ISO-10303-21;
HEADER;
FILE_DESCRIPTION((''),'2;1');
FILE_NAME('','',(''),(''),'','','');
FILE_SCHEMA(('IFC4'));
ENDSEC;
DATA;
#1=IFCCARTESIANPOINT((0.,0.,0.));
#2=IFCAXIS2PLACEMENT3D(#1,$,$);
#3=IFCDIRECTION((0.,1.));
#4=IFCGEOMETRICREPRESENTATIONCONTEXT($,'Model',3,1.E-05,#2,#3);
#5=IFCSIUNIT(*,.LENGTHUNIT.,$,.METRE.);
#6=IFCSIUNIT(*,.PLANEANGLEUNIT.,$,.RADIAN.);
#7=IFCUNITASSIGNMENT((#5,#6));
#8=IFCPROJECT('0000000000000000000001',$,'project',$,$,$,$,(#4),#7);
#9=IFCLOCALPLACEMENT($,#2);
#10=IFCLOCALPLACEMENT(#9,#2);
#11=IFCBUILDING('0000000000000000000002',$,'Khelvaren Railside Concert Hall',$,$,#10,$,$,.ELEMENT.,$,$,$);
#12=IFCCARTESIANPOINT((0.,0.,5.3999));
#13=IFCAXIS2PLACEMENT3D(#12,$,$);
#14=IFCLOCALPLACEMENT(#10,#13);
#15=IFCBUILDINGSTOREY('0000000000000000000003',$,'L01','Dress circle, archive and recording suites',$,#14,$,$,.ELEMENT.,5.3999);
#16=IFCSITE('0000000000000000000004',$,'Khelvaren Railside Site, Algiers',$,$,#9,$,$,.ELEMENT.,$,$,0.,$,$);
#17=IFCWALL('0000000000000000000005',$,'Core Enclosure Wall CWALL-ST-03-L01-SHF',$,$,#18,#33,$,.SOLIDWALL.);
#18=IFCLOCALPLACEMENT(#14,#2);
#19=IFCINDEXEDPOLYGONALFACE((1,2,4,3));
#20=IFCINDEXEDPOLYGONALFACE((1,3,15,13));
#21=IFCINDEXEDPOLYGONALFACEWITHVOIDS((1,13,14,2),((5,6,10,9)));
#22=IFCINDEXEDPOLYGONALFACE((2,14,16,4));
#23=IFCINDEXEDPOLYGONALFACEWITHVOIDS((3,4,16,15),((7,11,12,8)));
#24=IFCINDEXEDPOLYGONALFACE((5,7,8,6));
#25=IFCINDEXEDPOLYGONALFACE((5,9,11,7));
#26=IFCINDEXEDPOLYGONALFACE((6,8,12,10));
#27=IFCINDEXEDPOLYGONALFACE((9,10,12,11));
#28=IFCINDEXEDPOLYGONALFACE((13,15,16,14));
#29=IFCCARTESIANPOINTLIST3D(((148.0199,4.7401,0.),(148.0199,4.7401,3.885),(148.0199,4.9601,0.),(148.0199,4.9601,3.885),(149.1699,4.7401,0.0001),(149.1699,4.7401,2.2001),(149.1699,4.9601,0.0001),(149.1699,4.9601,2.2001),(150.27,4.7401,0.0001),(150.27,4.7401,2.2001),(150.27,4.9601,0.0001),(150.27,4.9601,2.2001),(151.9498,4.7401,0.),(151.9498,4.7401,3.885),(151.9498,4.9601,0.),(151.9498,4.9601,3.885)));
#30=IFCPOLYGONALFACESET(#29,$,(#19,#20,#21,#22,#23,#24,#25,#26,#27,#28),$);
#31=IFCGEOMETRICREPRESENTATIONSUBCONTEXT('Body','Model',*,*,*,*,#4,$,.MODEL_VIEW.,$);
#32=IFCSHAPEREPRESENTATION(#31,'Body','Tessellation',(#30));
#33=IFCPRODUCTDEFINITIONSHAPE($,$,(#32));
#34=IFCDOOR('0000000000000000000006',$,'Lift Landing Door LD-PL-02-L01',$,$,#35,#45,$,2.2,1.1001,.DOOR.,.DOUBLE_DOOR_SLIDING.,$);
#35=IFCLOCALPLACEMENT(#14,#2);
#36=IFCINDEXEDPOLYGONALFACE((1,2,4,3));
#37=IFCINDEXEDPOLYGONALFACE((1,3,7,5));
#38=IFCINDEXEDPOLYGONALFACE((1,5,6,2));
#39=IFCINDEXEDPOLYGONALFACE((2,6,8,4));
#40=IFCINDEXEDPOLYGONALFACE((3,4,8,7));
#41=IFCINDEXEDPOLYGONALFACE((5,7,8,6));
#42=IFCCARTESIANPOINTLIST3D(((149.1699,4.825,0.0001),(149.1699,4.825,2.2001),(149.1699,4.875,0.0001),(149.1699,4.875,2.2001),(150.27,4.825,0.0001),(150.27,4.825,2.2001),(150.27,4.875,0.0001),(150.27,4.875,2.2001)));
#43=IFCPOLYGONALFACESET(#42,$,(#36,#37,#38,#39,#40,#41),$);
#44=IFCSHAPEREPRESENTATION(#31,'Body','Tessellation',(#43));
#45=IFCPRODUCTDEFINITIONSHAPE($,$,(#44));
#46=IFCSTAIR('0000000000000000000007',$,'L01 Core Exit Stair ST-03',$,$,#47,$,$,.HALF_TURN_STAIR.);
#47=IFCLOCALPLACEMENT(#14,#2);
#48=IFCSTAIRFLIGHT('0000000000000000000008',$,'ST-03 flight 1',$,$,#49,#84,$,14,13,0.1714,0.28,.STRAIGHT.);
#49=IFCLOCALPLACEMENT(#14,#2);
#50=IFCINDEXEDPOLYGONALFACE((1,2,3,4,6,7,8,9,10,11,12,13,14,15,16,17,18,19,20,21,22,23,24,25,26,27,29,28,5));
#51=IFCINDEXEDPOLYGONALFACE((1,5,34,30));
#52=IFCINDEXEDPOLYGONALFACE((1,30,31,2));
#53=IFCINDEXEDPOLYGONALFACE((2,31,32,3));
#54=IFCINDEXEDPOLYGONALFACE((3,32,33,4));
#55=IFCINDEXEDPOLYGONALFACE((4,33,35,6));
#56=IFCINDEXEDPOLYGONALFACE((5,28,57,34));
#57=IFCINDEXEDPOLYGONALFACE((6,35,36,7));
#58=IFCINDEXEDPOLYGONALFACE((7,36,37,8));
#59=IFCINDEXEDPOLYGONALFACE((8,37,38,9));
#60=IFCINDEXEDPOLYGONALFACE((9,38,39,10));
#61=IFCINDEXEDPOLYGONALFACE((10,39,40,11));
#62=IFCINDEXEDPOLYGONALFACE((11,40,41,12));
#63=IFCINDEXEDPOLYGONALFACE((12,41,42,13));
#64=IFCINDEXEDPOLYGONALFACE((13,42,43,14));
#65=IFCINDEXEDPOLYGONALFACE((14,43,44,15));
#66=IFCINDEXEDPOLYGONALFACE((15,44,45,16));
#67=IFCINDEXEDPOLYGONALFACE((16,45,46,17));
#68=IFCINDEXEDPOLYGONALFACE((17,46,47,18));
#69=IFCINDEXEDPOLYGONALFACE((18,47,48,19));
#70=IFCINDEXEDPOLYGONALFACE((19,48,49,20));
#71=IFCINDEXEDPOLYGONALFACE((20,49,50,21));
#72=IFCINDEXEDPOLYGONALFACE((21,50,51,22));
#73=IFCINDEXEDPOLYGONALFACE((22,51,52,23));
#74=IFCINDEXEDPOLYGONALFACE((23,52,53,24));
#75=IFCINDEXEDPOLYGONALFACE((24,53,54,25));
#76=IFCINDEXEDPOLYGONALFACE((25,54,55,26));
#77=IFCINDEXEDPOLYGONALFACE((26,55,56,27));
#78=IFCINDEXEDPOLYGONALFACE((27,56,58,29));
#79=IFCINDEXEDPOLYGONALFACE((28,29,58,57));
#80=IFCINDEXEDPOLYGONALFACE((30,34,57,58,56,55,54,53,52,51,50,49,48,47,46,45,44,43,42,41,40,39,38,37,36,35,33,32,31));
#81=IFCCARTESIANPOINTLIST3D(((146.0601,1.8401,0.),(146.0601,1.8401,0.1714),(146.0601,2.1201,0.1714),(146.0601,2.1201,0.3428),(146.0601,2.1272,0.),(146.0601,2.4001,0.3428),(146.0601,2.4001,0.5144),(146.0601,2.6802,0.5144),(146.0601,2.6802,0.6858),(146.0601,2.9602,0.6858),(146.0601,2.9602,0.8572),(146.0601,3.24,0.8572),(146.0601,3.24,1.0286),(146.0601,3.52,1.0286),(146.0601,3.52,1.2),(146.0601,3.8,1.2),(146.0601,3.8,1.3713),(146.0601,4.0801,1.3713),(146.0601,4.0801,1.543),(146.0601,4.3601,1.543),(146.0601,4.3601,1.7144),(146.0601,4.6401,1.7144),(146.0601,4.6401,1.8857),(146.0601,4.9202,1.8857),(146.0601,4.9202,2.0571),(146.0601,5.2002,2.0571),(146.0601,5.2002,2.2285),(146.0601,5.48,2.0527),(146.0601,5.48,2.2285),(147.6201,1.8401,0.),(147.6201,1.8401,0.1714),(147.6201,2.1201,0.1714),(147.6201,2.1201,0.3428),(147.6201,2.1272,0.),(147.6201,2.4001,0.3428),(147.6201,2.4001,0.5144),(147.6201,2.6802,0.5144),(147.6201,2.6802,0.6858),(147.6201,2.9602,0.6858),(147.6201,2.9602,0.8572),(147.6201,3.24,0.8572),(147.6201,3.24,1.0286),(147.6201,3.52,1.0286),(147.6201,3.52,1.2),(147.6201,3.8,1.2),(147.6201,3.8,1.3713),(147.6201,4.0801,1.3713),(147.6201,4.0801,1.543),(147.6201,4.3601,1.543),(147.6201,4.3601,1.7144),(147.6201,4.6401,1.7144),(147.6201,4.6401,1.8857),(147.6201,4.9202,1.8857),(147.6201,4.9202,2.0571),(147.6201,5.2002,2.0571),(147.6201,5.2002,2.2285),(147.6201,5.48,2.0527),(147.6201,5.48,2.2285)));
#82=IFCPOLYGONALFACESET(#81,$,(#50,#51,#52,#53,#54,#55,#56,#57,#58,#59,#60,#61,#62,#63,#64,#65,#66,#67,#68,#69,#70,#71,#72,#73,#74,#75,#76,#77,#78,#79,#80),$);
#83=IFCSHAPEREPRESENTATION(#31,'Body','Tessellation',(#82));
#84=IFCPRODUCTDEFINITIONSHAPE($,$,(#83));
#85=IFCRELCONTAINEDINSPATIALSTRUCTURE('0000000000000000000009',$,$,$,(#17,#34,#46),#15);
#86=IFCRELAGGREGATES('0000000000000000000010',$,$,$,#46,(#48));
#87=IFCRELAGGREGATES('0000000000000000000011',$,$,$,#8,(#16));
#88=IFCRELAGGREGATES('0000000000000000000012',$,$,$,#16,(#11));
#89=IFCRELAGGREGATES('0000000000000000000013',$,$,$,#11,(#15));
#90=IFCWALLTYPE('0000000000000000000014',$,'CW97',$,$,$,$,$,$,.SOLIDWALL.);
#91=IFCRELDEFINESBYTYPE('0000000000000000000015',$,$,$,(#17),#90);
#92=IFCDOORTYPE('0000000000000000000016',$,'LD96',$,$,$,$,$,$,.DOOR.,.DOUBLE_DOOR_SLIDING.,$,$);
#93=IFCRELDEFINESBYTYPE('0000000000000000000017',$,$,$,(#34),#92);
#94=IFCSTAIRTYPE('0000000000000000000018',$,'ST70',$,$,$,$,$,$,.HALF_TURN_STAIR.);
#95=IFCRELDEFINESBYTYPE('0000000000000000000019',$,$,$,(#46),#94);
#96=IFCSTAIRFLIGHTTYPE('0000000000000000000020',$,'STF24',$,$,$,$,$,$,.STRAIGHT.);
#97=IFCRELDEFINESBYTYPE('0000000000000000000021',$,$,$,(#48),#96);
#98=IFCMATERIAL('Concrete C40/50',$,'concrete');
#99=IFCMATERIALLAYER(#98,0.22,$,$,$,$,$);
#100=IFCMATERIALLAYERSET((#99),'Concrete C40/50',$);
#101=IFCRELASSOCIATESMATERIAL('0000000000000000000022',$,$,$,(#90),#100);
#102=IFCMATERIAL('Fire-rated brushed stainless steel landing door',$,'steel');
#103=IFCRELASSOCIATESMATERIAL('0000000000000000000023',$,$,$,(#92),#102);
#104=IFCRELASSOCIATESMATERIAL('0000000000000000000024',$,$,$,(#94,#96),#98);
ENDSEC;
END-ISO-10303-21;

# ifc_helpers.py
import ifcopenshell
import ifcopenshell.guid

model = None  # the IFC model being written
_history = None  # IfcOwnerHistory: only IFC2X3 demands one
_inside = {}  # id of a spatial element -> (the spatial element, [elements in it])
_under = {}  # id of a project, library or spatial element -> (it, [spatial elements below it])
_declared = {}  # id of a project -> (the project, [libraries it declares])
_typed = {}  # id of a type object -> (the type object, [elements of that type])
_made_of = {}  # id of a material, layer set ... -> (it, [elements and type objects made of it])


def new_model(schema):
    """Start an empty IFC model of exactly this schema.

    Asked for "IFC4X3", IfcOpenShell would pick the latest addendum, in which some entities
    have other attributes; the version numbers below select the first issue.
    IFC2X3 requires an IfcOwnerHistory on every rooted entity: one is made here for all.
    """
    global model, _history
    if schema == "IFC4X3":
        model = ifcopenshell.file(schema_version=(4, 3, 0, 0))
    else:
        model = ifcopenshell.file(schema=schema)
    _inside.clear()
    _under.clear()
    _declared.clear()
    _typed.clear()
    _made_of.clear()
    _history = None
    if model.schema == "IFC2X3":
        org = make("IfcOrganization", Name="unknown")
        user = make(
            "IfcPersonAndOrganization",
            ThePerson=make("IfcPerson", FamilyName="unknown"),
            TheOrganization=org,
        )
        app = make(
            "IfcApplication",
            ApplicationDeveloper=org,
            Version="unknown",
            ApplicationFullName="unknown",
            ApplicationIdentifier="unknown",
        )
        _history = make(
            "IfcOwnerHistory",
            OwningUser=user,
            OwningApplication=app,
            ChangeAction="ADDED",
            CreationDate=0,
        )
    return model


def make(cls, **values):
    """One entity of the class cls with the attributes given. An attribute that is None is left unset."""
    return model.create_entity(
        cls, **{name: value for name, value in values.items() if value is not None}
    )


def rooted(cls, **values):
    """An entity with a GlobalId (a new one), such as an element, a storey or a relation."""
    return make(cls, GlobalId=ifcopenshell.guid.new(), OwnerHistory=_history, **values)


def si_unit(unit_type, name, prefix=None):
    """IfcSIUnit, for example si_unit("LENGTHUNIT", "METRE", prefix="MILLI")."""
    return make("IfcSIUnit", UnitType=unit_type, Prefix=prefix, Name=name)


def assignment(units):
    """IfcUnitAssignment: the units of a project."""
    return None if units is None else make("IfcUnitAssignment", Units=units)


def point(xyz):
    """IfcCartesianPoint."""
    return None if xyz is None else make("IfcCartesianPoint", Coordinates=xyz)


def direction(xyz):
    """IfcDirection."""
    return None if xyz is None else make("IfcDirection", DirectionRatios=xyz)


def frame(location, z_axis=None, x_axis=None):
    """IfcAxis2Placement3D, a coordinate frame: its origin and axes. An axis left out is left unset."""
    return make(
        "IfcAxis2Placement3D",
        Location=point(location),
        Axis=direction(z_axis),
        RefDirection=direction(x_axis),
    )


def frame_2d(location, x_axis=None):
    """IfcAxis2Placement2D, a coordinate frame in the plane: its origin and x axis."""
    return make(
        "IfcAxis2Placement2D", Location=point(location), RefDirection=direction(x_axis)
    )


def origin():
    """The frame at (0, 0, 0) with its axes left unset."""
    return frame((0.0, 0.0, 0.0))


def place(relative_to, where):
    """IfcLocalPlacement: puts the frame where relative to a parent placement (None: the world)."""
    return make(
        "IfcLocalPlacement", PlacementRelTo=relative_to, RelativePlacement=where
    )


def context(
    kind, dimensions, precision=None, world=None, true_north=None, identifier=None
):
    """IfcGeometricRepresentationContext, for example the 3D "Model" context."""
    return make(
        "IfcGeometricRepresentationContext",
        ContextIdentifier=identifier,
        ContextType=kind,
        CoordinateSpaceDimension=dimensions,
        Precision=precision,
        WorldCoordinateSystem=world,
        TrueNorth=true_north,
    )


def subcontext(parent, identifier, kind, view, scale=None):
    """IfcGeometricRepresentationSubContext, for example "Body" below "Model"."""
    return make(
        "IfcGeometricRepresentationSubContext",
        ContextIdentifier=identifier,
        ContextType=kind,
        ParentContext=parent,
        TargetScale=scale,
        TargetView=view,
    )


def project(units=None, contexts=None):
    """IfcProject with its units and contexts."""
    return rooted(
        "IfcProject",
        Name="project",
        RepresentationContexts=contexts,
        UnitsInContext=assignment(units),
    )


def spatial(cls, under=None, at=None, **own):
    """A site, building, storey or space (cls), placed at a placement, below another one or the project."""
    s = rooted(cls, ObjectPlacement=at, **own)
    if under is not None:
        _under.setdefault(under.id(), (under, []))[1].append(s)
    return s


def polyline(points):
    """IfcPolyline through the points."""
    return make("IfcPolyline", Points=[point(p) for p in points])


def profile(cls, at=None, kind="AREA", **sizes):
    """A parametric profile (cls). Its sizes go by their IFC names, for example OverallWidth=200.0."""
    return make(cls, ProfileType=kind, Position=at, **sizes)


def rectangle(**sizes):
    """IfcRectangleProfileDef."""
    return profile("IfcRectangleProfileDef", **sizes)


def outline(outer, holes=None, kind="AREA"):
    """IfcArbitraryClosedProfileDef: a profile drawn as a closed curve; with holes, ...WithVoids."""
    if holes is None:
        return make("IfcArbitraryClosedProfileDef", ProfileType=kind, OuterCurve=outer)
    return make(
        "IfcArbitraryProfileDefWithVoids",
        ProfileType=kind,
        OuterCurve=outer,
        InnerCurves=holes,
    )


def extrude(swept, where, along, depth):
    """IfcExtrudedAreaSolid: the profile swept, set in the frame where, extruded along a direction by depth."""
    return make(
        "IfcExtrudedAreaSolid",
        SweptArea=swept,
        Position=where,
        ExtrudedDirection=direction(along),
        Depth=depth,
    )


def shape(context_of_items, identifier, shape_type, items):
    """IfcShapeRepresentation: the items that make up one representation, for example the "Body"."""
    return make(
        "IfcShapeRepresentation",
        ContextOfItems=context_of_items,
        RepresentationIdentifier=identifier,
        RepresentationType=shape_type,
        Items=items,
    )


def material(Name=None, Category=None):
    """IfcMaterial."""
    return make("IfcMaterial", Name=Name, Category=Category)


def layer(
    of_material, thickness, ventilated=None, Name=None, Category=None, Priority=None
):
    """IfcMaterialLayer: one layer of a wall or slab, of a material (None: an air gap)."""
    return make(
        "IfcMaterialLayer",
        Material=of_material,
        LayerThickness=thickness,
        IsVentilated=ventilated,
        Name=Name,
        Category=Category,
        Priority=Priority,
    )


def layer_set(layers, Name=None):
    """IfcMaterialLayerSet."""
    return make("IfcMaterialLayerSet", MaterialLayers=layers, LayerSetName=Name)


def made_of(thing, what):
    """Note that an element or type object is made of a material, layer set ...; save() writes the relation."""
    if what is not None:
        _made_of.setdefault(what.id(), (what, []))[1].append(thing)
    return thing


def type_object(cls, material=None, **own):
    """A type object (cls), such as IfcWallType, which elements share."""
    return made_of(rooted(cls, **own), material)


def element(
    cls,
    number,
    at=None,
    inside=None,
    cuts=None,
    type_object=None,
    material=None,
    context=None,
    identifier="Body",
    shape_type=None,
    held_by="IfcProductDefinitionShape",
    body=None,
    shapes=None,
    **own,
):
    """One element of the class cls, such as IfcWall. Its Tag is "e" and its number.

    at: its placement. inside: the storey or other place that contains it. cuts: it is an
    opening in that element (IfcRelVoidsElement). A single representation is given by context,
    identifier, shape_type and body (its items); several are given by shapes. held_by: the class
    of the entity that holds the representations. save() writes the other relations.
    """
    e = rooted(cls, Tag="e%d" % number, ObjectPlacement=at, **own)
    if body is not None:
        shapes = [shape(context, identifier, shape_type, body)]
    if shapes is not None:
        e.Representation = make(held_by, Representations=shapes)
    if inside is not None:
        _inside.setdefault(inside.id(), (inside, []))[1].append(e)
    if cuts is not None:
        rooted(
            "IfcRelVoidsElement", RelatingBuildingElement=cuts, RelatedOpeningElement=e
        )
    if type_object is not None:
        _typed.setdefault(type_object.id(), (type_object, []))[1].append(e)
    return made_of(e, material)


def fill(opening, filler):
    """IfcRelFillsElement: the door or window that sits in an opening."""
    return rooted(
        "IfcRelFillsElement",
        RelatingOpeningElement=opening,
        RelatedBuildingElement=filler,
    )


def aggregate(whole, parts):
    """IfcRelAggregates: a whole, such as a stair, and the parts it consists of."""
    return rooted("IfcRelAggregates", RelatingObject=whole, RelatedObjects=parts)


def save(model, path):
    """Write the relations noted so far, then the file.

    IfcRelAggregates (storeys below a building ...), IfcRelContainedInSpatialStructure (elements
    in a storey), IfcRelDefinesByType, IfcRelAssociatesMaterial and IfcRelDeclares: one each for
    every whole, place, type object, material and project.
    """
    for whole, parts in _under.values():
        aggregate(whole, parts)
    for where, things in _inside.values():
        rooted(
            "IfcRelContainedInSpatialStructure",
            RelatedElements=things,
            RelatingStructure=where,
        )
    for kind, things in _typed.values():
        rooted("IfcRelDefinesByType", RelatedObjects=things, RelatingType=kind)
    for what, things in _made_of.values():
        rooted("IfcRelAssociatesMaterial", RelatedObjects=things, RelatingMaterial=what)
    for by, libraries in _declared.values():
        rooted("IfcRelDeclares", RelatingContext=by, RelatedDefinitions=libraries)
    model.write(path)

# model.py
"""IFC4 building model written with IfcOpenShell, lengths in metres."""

from ifc_helpers import new_model, si_unit, direction, frame, frame_2d, origin, place, context, subcontext, project, spatial, polyline, rectangle, outline, extrude, material, layer, layer_set, type_object, element, fill, aggregate, save


model = new_model("IFC4")

# Units and contexts
model_context = context("Model", 3, precision=1e-05, world=origin(), true_north=direction((0.0, 1.0)))
body_context = subcontext(model_context, "Body", "Model", "MODEL_VIEW")
ifc_project = project(units=[si_unit("LENGTHUNIT", "METRE"), si_unit("PLANEANGLEUNIT", "RADIAN")], contexts=[model_context])

# Site, building, storey
site_placement = place(None, origin())
site = spatial("IfcSite", under=ifc_project, at=site_placement, Name="Khelvaren Railside Site, Algiers", CompositionType="ELEMENT", RefElevation=0.0)
building_placement = place(site_placement, origin())
building = spatial("IfcBuilding", under=site, at=building_placement, Name="Khelvaren Railside Concert Hall", CompositionType="ELEMENT")
storey_placement = place(building_placement, frame((0.0, 0.0, 5.3999)))
storey = spatial("IfcBuildingStorey", under=building, at=storey_placement, Name="L01", Description="Dress circle, archive and recording suites", CompositionType="ELEMENT", Elevation=5.3999)

# Shared definitions
ifc_material_1 = material(Name="Concrete C40/50", Category="concrete")

# Wall, opening, door
ifc_layer_1 = layer(ifc_material_1, 0.22)
ifc_layer_set_1 = layer_set([ifc_layer_1], Name="Concrete C40/50")
wall_type_1 = type_object("IfcWallType", Name="CW97", PredefinedType="SOLIDWALL", material=ifc_layer_set_1)
wall_1_placement = place(storey_placement, frame((148.02, 4.8501, 0.0), z_axis=(0.0, 0.0, 1.0), x_axis=(1.0, 0.0, 0.0)))
wall_1 = element("IfcWall", 1, at=wall_1_placement, inside=storey, type_object=wall_type_1, Name="Core Enclosure Wall CWALL-ST-03-L01-SHF", PredefinedType="SOLIDWALL", context=body_context, shape_type="SweptSolid", body=[
    extrude(rectangle(XDim=3.9299, YDim=0.22, at=frame_2d((1.9648, 0.0))), origin(), (0.0, 0.0, 1.0), 3.885),
])
opening_1_placement = place(wall_1_placement, frame((1.1499, 0.0, 0.0)))
opening_1 = element("IfcOpeningElement", 2, at=opening_1_placement, cuts=wall_1, PredefinedType="OPENING", context=body_context, shape_type="SweptSolid", body=[
    extrude(rectangle(XDim=1.1001, YDim=2.2, at=frame_2d((0.55, 1.1001))), frame((0.0, 0.1199, 0.0), z_axis=(0.0, -1.0, 0.0), x_axis=(1.0, 0.0, 0.0)), (0.0, 0.0, 1.0), 0.24),
])
ifc_material_2 = material(Name="Fire-rated brushed stainless steel landing door", Category="steel")
door_type_1 = type_object("IfcDoorType", Name="LD96", OperationType="DOUBLE_DOOR_SLIDING", PredefinedType="DOOR", material=ifc_material_2)
door_1_placement = place(opening_1_placement, origin())
door_1 = element("IfcDoor", 3, at=door_1_placement, inside=storey, type_object=door_type_1, Name="Lift Landing Door LD-PL-02-L01", OperationType="DOUBLE_DOOR_SLIDING", OverallHeight=2.2, OverallWidth=1.1001, PredefinedType="DOOR", context=body_context, shape_type="SweptSolid", body=[
    extrude(rectangle(XDim=1.1001, YDim=2.2, at=frame_2d((0.55, 1.1001))), frame((0.0, 0.0249, 0.0), z_axis=(0.0, -1.0, 0.0), x_axis=(1.0, 0.0, 0.0)), (0.0, 0.0, 1.0), 0.05),
])
fill(opening_1, door_1)

# Stair, stair flight
stair_type = type_object("IfcStairType", Name="ST70", PredefinedType="HALF_TURN_STAIR", material=ifc_material_1)
stair_placement = place(storey_placement, origin())
stair = element("IfcStair", 4, at=stair_placement, inside=storey, type_object=stair_type, Name="L01 Core Exit Stair ST-03", PredefinedType="HALF_TURN_STAIR")
stair_flight_type = type_object("IfcStairFlightType", Name="STF24", PredefinedType="STRAIGHT", material=ifc_material_1)
stair_flight_placement = place(storey_placement, frame((146.8401, 1.8401, 0.0), z_axis=(0.0, 0.0, 1.0), x_axis=(0.0, 1.0, 0.0)))
stair_flight = element("IfcStairFlight", 5, at=stair_flight_placement, type_object=stair_flight_type, Name="ST-03 flight 1", NumberOfRisers=14, NumberOfTreads=13, PredefinedType="STRAIGHT", RiserHeight=0.1714, TreadLength=0.28, context=body_context, shape_type="SweptSolid", body=[
    extrude(outline(polyline([(0.0, 0.0), (0.0, 0.1714), (0.28, 0.1714), (0.28, 0.3428), (0.5601, 0.3428), (0.5601, 0.5144), (0.8401, 0.5144), (0.8401, 0.6858), (1.1201, 0.6858), (1.1201, 0.8572), (1.3999, 0.8572), (1.3999, 1.0286), (1.6799, 1.0286), (1.6799, 1.2), (1.96, 1.2), (1.96, 1.3713), (2.24, 1.3713), (2.24, 1.543), (2.52, 1.543), (2.52, 1.7144), (2.8, 1.7144), (2.8, 1.8857), (3.0801, 1.8857), (3.0801, 2.0571), (3.3601, 2.0571), (3.3601, 2.2285), (3.6399, 2.2285), (3.6399, 2.3999), (3.6399, 2.0527), (0.2871, 0.0), (0.0, 0.0)])), frame((0.0, 0.78, 0.0), z_axis=(0.0, -1.0, 0.0), x_axis=(1.0, 0.0, 0.0)), (0.0, 0.0, 1.0), 1.5601),
])
aggregate(stair, [stair_flight])

save(model, "model.ifc")
